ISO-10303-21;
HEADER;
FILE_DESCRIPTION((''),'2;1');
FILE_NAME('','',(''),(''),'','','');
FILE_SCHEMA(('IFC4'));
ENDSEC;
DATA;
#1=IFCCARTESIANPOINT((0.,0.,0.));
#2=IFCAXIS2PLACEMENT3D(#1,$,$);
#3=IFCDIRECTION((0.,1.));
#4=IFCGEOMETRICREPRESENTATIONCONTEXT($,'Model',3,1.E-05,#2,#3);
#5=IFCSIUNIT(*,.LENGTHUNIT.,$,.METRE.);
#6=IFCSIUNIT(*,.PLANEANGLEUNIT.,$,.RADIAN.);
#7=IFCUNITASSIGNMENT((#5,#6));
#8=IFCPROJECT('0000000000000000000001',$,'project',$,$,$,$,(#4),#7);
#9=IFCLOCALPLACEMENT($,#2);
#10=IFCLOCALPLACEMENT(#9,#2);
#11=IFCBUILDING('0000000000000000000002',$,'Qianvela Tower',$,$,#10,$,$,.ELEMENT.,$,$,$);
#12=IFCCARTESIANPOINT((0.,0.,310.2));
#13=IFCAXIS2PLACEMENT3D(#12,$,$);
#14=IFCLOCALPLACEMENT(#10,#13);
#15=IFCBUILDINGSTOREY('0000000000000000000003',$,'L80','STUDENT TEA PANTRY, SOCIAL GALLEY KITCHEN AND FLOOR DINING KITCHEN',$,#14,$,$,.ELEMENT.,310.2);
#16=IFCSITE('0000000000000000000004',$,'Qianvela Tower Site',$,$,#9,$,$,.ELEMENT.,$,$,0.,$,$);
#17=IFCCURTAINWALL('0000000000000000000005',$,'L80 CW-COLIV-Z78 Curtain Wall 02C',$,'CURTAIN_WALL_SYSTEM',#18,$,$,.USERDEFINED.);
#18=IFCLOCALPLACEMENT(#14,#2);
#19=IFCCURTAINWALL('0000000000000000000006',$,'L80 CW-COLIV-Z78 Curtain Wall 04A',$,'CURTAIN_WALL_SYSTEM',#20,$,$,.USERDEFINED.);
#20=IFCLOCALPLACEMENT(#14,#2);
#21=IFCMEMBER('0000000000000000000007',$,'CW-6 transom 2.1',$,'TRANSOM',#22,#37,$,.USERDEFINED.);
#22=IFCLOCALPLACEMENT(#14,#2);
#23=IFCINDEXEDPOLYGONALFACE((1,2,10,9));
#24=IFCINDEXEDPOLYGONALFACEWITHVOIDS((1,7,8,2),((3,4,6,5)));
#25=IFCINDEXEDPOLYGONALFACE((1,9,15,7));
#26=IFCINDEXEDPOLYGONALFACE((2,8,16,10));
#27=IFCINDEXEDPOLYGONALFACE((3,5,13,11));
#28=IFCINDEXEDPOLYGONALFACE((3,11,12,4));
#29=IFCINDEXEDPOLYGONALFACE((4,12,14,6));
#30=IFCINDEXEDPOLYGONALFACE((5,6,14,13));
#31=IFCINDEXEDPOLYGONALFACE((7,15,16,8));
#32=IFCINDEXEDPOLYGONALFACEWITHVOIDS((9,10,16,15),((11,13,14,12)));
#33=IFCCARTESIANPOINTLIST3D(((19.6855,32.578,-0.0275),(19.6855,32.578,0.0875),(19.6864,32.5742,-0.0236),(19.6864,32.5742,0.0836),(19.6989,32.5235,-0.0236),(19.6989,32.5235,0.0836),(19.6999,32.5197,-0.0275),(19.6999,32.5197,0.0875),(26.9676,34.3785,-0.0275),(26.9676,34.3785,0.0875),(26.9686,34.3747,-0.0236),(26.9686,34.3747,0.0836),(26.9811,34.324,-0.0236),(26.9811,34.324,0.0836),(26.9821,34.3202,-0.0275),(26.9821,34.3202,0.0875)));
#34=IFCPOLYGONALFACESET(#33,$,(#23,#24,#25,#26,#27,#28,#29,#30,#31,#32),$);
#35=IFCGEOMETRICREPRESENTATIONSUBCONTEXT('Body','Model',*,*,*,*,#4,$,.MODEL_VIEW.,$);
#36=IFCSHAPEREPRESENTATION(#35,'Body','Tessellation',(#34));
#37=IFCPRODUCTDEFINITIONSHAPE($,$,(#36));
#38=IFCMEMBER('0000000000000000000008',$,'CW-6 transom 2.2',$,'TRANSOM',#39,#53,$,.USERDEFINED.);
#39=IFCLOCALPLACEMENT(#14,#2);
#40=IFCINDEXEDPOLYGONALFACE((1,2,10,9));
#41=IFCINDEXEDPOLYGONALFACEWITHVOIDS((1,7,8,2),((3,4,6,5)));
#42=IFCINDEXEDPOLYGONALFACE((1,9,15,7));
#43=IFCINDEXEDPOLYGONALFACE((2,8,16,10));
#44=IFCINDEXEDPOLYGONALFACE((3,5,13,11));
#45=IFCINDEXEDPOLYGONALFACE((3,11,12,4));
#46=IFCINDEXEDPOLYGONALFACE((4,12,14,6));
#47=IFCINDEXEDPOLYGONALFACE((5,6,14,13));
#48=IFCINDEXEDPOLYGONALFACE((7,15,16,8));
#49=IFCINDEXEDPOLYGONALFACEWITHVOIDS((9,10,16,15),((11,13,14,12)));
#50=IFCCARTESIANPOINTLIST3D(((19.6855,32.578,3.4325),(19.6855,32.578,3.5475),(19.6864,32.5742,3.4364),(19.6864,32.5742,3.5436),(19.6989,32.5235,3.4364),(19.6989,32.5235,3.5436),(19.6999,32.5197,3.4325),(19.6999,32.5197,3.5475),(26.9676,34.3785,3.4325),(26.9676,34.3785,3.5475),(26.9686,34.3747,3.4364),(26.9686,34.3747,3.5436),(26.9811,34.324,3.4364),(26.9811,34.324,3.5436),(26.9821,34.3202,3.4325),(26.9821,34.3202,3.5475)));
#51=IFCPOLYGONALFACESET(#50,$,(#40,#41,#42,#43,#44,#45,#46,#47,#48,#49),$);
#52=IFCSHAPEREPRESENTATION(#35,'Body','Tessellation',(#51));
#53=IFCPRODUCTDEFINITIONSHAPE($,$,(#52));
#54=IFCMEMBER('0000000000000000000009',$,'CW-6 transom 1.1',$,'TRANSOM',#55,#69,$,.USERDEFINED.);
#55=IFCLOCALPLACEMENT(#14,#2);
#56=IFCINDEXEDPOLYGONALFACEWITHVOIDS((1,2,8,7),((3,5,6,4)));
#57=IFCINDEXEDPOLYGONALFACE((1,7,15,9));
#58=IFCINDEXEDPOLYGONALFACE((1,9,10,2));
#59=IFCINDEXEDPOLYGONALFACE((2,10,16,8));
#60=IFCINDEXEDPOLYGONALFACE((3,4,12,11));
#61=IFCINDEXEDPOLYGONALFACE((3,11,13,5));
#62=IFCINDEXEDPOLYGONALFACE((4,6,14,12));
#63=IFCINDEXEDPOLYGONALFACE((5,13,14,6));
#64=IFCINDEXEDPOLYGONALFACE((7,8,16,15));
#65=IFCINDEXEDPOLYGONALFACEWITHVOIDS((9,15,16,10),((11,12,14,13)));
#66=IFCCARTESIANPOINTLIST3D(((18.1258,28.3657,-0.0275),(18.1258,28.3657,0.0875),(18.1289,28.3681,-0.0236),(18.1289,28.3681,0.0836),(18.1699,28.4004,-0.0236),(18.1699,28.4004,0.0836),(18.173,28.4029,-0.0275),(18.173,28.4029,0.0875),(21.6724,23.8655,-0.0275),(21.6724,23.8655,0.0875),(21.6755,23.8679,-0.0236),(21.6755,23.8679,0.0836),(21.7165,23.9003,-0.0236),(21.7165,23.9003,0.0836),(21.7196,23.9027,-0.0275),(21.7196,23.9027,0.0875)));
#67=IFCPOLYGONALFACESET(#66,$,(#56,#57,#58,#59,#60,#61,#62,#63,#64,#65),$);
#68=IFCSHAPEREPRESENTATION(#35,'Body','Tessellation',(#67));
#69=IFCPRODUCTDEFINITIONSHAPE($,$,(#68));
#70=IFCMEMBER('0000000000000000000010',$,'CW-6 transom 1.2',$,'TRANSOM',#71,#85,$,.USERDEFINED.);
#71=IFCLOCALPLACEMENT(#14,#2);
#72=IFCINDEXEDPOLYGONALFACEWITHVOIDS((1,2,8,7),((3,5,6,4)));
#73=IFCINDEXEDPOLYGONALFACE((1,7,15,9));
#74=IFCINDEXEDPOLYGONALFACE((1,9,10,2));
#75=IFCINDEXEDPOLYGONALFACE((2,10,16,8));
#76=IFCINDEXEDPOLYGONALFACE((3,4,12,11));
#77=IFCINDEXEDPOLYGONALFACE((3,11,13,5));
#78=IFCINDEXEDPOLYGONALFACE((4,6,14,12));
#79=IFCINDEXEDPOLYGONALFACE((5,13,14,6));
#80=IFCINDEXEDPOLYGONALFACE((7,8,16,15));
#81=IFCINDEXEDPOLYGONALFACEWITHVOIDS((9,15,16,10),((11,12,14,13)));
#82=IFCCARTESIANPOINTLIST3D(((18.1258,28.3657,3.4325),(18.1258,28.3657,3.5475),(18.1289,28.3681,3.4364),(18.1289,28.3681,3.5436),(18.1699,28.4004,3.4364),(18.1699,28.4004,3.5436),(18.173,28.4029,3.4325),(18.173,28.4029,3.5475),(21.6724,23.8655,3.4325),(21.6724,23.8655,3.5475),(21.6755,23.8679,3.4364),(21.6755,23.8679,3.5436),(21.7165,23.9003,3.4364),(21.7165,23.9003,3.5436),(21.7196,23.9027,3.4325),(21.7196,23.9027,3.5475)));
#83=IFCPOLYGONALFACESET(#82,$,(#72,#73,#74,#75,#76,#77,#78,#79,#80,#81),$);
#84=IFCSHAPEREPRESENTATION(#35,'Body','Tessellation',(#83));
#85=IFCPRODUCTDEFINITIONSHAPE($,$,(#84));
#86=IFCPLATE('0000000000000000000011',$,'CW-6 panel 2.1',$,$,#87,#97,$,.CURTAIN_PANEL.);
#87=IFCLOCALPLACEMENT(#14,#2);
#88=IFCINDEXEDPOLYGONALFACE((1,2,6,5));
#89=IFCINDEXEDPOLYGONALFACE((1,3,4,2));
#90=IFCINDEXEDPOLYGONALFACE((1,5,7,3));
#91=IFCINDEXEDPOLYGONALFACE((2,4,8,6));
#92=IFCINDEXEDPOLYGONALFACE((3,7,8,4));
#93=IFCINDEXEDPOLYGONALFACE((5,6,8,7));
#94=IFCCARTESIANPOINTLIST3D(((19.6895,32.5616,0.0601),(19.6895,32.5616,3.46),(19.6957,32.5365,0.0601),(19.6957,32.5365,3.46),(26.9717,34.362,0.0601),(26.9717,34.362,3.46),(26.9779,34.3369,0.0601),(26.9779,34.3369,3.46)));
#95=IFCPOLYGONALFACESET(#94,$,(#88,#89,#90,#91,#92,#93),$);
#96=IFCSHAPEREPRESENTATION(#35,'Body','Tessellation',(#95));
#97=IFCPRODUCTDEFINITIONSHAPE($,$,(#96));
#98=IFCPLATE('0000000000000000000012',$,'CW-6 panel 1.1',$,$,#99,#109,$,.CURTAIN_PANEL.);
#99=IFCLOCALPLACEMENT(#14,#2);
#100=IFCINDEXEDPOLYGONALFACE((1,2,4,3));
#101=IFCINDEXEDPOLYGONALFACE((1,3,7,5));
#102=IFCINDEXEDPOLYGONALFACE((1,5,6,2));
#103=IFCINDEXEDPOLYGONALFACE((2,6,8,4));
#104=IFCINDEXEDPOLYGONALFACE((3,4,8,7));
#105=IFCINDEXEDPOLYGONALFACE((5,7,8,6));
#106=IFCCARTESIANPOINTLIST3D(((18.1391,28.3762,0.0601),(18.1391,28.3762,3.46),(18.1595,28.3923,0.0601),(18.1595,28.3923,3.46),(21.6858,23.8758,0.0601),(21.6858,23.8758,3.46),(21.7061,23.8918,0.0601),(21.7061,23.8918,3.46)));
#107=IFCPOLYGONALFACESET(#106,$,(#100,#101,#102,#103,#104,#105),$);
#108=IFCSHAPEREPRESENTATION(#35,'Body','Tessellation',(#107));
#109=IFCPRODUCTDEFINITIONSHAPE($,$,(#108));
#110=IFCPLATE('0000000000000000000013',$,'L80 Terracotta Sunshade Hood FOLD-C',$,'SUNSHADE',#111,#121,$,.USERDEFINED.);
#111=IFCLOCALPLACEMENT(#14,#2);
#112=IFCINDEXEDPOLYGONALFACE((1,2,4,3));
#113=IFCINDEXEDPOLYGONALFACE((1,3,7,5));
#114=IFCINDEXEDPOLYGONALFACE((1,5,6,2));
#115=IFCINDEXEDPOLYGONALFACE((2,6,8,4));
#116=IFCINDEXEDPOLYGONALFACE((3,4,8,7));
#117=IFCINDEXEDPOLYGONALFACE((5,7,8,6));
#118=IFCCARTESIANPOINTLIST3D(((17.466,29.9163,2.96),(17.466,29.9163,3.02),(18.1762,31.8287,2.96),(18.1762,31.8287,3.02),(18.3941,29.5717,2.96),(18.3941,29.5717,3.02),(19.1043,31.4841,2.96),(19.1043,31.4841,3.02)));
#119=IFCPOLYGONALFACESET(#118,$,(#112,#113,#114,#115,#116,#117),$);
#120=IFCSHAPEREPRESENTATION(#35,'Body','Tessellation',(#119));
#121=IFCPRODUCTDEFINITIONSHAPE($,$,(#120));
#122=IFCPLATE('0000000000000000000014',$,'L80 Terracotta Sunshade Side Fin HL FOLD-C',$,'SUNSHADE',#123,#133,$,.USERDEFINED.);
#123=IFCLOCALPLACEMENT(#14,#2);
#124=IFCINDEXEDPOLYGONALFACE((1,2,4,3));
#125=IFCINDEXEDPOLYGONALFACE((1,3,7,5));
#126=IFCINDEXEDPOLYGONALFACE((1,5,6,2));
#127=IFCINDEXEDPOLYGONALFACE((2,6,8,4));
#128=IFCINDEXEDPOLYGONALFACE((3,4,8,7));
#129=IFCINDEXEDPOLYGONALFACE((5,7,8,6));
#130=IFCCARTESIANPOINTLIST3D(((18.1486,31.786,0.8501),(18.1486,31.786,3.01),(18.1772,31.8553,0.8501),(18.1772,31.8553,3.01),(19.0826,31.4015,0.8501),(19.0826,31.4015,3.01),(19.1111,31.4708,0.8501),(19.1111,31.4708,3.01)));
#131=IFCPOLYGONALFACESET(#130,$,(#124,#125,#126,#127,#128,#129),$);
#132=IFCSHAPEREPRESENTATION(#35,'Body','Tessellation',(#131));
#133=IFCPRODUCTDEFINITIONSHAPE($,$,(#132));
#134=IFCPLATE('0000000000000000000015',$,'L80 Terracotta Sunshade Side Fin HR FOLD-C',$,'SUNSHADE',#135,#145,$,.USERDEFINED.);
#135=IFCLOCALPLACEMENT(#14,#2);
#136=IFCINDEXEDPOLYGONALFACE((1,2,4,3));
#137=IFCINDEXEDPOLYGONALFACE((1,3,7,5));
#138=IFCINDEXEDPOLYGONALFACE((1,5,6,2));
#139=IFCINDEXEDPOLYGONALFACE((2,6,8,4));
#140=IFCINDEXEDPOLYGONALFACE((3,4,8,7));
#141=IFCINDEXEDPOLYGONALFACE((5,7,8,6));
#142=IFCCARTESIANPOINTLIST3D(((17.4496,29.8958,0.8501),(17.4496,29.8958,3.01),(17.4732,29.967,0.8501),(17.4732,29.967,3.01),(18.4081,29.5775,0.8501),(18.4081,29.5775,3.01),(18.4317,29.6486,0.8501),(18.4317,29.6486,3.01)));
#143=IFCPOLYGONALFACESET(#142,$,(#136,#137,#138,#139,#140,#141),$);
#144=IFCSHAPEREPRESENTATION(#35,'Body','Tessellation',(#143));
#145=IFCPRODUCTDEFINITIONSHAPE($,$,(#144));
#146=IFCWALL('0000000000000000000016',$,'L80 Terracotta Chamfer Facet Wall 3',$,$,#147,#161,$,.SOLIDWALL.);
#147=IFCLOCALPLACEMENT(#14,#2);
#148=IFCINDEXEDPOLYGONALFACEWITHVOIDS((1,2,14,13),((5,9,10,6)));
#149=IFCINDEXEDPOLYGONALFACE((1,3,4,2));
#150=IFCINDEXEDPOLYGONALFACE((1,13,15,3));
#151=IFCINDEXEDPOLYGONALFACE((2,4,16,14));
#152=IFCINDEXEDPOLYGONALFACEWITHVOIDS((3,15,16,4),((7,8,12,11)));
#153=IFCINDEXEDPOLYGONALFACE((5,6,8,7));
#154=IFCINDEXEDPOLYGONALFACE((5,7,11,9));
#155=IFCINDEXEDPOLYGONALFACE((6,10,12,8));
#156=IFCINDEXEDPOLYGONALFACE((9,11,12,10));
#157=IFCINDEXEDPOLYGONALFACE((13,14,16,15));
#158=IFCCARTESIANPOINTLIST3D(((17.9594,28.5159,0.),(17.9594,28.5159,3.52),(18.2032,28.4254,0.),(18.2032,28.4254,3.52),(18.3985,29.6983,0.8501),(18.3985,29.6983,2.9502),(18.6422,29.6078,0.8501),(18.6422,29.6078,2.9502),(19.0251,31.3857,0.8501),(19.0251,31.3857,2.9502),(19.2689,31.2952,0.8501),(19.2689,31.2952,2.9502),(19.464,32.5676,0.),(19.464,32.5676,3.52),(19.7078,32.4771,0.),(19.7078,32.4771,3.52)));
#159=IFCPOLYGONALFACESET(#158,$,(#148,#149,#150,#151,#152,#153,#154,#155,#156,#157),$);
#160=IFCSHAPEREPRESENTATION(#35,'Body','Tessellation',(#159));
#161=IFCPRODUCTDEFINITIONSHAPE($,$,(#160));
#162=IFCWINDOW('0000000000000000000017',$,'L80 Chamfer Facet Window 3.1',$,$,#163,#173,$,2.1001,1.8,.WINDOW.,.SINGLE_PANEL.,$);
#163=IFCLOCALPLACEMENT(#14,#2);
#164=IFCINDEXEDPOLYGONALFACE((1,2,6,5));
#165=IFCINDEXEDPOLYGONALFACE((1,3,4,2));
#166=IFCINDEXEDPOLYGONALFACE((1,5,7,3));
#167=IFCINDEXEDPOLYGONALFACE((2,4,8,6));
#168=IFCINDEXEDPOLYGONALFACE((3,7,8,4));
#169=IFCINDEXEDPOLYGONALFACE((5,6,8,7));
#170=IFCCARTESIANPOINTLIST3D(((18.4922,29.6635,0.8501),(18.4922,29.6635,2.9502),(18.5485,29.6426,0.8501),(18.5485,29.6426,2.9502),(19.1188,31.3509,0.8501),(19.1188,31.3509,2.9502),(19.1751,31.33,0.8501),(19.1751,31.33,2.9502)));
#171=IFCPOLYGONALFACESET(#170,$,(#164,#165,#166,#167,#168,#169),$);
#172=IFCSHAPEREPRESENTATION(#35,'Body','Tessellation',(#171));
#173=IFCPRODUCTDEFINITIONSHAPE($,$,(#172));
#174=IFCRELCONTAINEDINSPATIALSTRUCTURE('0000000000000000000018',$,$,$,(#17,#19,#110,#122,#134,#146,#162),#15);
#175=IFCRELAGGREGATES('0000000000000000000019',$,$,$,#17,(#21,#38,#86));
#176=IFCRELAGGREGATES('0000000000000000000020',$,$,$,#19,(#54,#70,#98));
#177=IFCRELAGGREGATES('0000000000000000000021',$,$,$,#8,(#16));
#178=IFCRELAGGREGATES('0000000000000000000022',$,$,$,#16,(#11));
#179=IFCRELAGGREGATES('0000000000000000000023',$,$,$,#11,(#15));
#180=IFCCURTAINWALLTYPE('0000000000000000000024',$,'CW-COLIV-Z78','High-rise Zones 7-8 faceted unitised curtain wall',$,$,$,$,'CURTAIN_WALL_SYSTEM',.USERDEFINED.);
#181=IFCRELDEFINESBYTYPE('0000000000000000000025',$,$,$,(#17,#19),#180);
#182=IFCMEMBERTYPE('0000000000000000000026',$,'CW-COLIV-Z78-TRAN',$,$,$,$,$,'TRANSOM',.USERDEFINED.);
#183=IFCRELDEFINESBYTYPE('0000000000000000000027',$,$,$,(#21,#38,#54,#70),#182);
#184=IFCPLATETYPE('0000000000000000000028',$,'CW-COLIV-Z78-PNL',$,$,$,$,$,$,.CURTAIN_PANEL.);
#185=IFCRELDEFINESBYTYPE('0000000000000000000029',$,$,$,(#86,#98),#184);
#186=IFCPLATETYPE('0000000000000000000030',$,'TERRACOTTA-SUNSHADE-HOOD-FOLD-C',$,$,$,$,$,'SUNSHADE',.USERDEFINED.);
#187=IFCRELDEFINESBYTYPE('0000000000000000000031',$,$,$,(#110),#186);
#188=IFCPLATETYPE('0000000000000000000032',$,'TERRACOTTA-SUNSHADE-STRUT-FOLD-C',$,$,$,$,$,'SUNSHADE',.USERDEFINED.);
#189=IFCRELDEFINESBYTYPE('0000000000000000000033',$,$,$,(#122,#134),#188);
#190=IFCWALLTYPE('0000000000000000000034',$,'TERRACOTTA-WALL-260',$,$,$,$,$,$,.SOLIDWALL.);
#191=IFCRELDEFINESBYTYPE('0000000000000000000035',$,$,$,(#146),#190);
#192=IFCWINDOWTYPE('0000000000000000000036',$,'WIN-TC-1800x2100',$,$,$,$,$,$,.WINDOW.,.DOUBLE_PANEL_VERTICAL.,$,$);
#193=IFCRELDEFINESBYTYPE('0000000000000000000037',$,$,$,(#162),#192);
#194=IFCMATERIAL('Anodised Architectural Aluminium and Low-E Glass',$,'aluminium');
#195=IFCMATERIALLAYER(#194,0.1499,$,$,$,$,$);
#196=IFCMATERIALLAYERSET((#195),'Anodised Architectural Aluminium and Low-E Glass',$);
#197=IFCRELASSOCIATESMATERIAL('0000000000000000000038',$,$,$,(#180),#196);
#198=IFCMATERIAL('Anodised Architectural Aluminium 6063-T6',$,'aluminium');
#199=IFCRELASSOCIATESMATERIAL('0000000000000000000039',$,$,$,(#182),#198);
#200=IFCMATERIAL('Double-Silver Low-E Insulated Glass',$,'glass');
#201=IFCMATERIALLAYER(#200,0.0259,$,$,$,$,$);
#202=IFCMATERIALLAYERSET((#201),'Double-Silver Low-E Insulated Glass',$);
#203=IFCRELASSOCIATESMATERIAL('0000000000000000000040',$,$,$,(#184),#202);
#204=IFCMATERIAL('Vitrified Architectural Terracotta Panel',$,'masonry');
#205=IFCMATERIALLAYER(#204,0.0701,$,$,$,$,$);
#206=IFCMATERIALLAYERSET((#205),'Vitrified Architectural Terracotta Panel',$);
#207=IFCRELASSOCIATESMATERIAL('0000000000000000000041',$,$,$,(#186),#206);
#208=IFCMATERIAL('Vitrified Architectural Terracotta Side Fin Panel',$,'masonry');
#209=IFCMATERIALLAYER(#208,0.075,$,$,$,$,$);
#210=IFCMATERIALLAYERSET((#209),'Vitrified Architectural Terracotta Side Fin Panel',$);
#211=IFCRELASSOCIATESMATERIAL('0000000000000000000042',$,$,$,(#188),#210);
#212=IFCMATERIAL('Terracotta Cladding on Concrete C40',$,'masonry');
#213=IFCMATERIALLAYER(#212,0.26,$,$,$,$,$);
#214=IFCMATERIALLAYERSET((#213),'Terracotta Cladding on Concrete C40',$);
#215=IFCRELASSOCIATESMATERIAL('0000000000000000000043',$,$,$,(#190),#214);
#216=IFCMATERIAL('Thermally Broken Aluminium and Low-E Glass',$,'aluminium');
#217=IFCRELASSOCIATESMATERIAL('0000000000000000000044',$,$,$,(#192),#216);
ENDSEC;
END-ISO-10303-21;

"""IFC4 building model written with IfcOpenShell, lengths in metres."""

from ifc_helpers import new_model, si_unit, direction, frame, frame_2d, origin, origin_2d, place, context, subcontext, project, spatial, rectangle, hollow_rectangle, extrude, material, layer, layer_set, material_profile, profile_set, type_object, element, fill, aggregate, save


model = new_model("IFC4")

# Units and contexts
model_context = context("Model", 3, precision=1e-05, world=origin(), true_north=direction((0.0, 1.0)))
body_context = subcontext(model_context, "Body", "Model", "MODEL_VIEW")
ifc_project = project(units=[si_unit("LENGTHUNIT", "METRE"), si_unit("PLANEANGLEUNIT", "RADIAN")], contexts=[model_context])

# Site, building, storey
site_placement = place(None, origin())
site = spatial("IfcSite", under=ifc_project, at=site_placement, Name="Qianvela Tower Site", CompositionType="ELEMENT", RefElevation=0.0)
building_placement = place(site_placement, origin())
building = spatial("IfcBuilding", under=site, at=building_placement, Name="Qianvela Tower", CompositionType="ELEMENT")
storey_placement = place(building_placement, frame((0.0, 0.0, 310.2)))
storey = spatial("IfcBuildingStorey", under=building, at=storey_placement, Name="L80", Description="STUDENT TEA PANTRY, SOCIAL GALLEY KITCHEN AND FLOOR DINING KITCHEN", CompositionType="ELEMENT", Elevation=310.2)

# Curtain walls
ifc_material_1 = material(Name="Anodised Architectural Aluminium and Low-E Glass", Category="aluminium")
ifc_layer_1 = layer(ifc_material_1, 0.1499)
ifc_layer_set_1 = layer_set([ifc_layer_1], Name="Anodised Architectural Aluminium and Low-E Glass")
curtain_wall_type = type_object("IfcCurtainWallType", Name="CW-COLIV-Z78", Description="High-rise Zones 7-8 faceted unitised curtain wall", ElementType="CURTAIN_WALL_SYSTEM", PredefinedType="USERDEFINED", material=ifc_layer_set_1)
curtain_wall_1_placement = place(storey_placement, origin())
curtain_wall_1 = element("IfcCurtainWall", 1, at=curtain_wall_1_placement, inside=storey, type_object=curtain_wall_type, Name="L80 CW-COLIV-Z78 Curtain Wall 02C", ObjectType="CURTAIN_WALL_SYSTEM", PredefinedType="USERDEFINED")
curtain_wall_2_placement = place(storey_placement, origin())
curtain_wall_2 = element("IfcCurtainWall", 2, at=curtain_wall_2_placement, inside=storey, type_object=curtain_wall_type, Name="L80 CW-COLIV-Z78 Curtain Wall 04A", ObjectType="CURTAIN_WALL_SYSTEM", PredefinedType="USERDEFINED")

# Members
ifc_material_2 = material(Name="Anodised Architectural Aluminium 6063-T6", Category="aluminium")
ifc_material_profile_1 = material_profile(ifc_material_2, hollow_rectangle(XDim=0.0601, YDim=0.115, WallThickness=0.0039, at=origin_2d()), Name="ALU-TRAN-60x115")
ifc_profile_set_1 = profile_set([ifc_material_profile_1], Name="Anodised Architectural Aluminium 6063-T6")
member_type_1 = type_object("IfcMemberType", Name="CW-COLIV-Z78-TRAN", ElementType="TRANSOM", PredefinedType="USERDEFINED", material=ifc_profile_set_1)
member_1_placement = place(storey_placement, frame((26.9749, 34.3494, 0.03), z_axis=(-0.970767, -0.240023, 0.0), x_axis=(0.240023, -0.970767, 0.0)))
member_1 = element("IfcMember", 3, at=member_1_placement, type_object=member_type_1, Name="CW-6 transom 2.1", ObjectType="TRANSOM", PredefinedType="USERDEFINED", context=body_context, shape_type="SweptSolid", body=[
    extrude(hollow_rectangle(XDim=0.0601, YDim=0.115, WallThickness=0.0039, at=origin_2d()), origin(), (0.0, 0.0, 1.0), 7.5015),
])
member_2_placement = place(storey_placement, frame((26.9749, 34.3494, 3.49), z_axis=(-0.970767, -0.240023, 0.0), x_axis=(0.240023, -0.970767, 0.0)))
member_2 = element("IfcMember", 4, at=member_2_placement, type_object=member_type_1, Name="CW-6 transom 2.2", ObjectType="TRANSOM", PredefinedType="USERDEFINED", context=body_context, shape_type="SweptSolid", body=[
    extrude(hollow_rectangle(XDim=0.0601, YDim=0.115, WallThickness=0.0039, at=origin_2d()), origin(), (0.0, 0.0, 1.0), 7.5015),
])
member_3_placement = place(storey_placement, frame((18.1494, 28.3843, 0.03), z_axis=(0.618978, -0.785408, 0.0), x_axis=(0.785408, 0.618978, 0.0)))
member_3 = element("IfcMember", 5, at=member_3_placement, type_object=member_type_1, Name="CW-6 transom 1.1", ObjectType="TRANSOM", PredefinedType="USERDEFINED", context=body_context, shape_type="SweptSolid", body=[
    extrude(hollow_rectangle(XDim=0.0601, YDim=0.115, WallThickness=0.0039, at=origin_2d()), origin(), (0.0, 0.0, 1.0), 5.7297),
])
member_4_placement = place(storey_placement, frame((18.1494, 28.3843, 3.49), z_axis=(0.618978, -0.785408, 0.0), x_axis=(0.785408, 0.618978, 0.0)))
member_4 = element("IfcMember", 6, at=member_4_placement, type_object=member_type_1, Name="CW-6 transom 1.2", ObjectType="TRANSOM", PredefinedType="USERDEFINED", context=body_context, shape_type="SweptSolid", body=[
    extrude(hollow_rectangle(XDim=0.0601, YDim=0.115, WallThickness=0.0039, at=origin_2d()), origin(), (0.0, 0.0, 1.0), 5.7297),
])

# Plates
ifc_material_3 = material(Name="Double-Silver Low-E Insulated Glass", Category="glass")
ifc_layer_2 = layer(ifc_material_3, 0.0259)
ifc_layer_set_2 = layer_set([ifc_layer_2], Name="Double-Silver Low-E Insulated Glass")
plate_type_1 = type_object("IfcPlateType", Name="CW-COLIV-Z78-PNL", PredefinedType="CURTAIN_PANEL", material=ifc_layer_set_2)
plate_1_placement = place(storey_placement, frame((23.3337, 33.4492, 0.0601), z_axis=(0.0, 0.0, 1.0), x_axis=(-0.970771, -0.240007, 0.0)))
plate_1 = element("IfcPlate", 7, at=plate_1_placement, type_object=plate_type_1, Name="CW-6 panel 2.1", PredefinedType="CURTAIN_PANEL", context=body_context, shape_type="SweptSolid", body=[
    extrude(rectangle(XDim=7.5015, YDim=0.0259, at=origin_2d()), origin(), (0.0, 0.0, 1.0), 3.3999),
])
aggregate(curtain_wall_1, [member_1, member_2, plate_1])
plate_2_placement = place(storey_placement, frame((19.9226, 26.134, 0.0601), z_axis=(0.0, 0.0, 1.0), x_axis=(0.618961, -0.785422, 0.0)))
plate_2 = element("IfcPlate", 8, at=plate_2_placement, type_object=plate_type_1, Name="CW-6 panel 1.1", PredefinedType="CURTAIN_PANEL", context=body_context, shape_type="SweptSolid", body=[
    extrude(rectangle(XDim=5.73, YDim=0.0259, at=origin_2d()), origin(), (0.0, 0.0, 1.0), 3.3999),
])
aggregate(curtain_wall_2, [member_3, member_4, plate_2])

# Plates
ifc_material_4 = material(Name="Vitrified Architectural Terracotta Panel", Category="masonry")
ifc_layer_3 = layer(ifc_material_4, 0.0701)
ifc_layer_set_3 = layer_set([ifc_layer_3], Name="Vitrified Architectural Terracotta Panel")
plate_type_2 = type_object("IfcPlateType", Name="TERRACOTTA-SUNSHADE-HOOD-FOLD-C", ElementType="SUNSHADE", PredefinedType="USERDEFINED", material=ifc_layer_set_3)
plate_3_placement = place(storey_placement, frame((18.2852, 30.7002, 2.96), z_axis=(0.0, 0.0, 1.0), x_axis=(-0.348142, -0.937442, 0.0)))
element("IfcPlate", 9, at=plate_3_placement, inside=storey, type_object=plate_type_2, Name="L80 Terracotta Sunshade Hood FOLD-C", ObjectType="SUNSHADE", PredefinedType="USERDEFINED", context=body_context, shape_type="SweptSolid", body=[
    extrude(rectangle(XDim=2.04, YDim=0.99, at=origin_2d()), origin(), (0.0, 0.0, 1.0), 0.0601),
])
ifc_material_5 = material(Name="Vitrified Architectural Terracotta Side Fin Panel", Category="masonry")
ifc_layer_4 = layer(ifc_material_5, 0.075)
ifc_layer_set_4 = layer_set([ifc_layer_4], Name="Vitrified Architectural Terracotta Side Fin Panel")
plate_type_3 = type_object("IfcPlateType", Name="TERRACOTTA-SUNSHADE-STRUT-FOLD-C", ElementType="SUNSHADE", PredefinedType="USERDEFINED", material=ifc_layer_set_4)
for number, where, z_axis, x_axis, name in (
    (10, (18.6299, 31.6284, 0.8501), (0.0, 0.0, 1.0), (-0.380646, -0.924721, 0.0), "L80 Terracotta Sunshade Side Fin HL FOLD-C"),
    (11, (17.9407, 29.7722, 0.8501), (0.0, 0.0, 1.0), (-0.315213, -0.949021, 0.0), "L80 Terracotta Sunshade Side Fin HR FOLD-C"),
):
    element("IfcPlate", number, at=place(storey_placement, frame(where, z_axis=z_axis, x_axis=x_axis)), inside=storey, type_object=plate_type_3, Name=name, ObjectType="SUNSHADE", PredefinedType="USERDEFINED", context=body_context, shape_type="SweptSolid", body=[
        extrude(rectangle(XDim=0.075, YDim=1.01, at=origin_2d()), origin(), (0.0, 0.0, 1.0), 2.1599),
    ])

# Wall, opening, window
ifc_material_6 = material(Name="Terracotta Cladding on Concrete C40", Category="masonry")
ifc_layer_5 = layer(ifc_material_6, 0.26)
ifc_layer_set_5 = layer_set([ifc_layer_5], Name="Terracotta Cladding on Concrete C40")
wall_type_1 = type_object("IfcWallType", Name="TERRACOTTA-WALL-260", PredefinedType="SOLIDWALL", material=ifc_layer_set_5)
wall_1_placement = place(storey_placement, frame((19.5859, 32.5225, 0.0), z_axis=(0.0, 0.0, 1.0), x_axis=(-0.348126, -0.937448, 0.0)))
wall_1 = element("IfcWall", 12, at=wall_1_placement, inside=storey, type_object=wall_type_1, Name="L80 Terracotta Chamfer Facet Wall 3", PredefinedType="SOLIDWALL", context=body_context, shape_type="SweptSolid", body=[
    extrude(rectangle(XDim=4.322, YDim=0.26, at=frame_2d((2.1611, 0.0))), origin(), (0.0, 0.0, 1.0), 3.52),
])
opening_1_placement = place(wall_1_placement, frame((1.261, 0.0, 0.8501)))
opening_1 = element("IfcOpeningElement", 13, at=opening_1_placement, cuts=wall_1, PredefinedType="OPENING", context=body_context, shape_type="SweptSolid", body=[
    extrude(rectangle(XDim=1.8, YDim=2.1001, at=frame_2d((0.8999, 1.05))), frame((0.0, 0.1399, 0.0), z_axis=(0.0, -1.0, 0.0), x_axis=(1.0, 0.0, 0.0)), (0.0, 0.0, 1.0), 0.28),
])
ifc_material_7 = material(Name="Thermally Broken Aluminium and Low-E Glass", Category="aluminium")
window_type = type_object("IfcWindowType", Name="WIN-TC-1800x2100", PartitioningType="DOUBLE_PANEL_VERTICAL", PredefinedType="WINDOW", material=ifc_material_7)
window_placement = place(opening_1_placement, origin())
window = element("IfcWindow", 14, at=window_placement, inside=storey, type_object=window_type, Name="L80 Chamfer Facet Window 3.1", OverallHeight=2.1001, OverallWidth=1.8, PartitioningType="SINGLE_PANEL", PredefinedType="WINDOW", context=body_context, shape_type="SweptSolid", body=[
    extrude(rectangle(XDim=1.8, YDim=2.1001, at=frame_2d((0.8999, 1.05))), frame((0.0, 0.03, 0.0), z_axis=(0.0, -1.0, 0.0), x_axis=(1.0, 0.0, 0.0)), (0.0, 0.0, 1.0), 0.0601),
])
fill(opening_1, window)

save(model, "model.ifc")
